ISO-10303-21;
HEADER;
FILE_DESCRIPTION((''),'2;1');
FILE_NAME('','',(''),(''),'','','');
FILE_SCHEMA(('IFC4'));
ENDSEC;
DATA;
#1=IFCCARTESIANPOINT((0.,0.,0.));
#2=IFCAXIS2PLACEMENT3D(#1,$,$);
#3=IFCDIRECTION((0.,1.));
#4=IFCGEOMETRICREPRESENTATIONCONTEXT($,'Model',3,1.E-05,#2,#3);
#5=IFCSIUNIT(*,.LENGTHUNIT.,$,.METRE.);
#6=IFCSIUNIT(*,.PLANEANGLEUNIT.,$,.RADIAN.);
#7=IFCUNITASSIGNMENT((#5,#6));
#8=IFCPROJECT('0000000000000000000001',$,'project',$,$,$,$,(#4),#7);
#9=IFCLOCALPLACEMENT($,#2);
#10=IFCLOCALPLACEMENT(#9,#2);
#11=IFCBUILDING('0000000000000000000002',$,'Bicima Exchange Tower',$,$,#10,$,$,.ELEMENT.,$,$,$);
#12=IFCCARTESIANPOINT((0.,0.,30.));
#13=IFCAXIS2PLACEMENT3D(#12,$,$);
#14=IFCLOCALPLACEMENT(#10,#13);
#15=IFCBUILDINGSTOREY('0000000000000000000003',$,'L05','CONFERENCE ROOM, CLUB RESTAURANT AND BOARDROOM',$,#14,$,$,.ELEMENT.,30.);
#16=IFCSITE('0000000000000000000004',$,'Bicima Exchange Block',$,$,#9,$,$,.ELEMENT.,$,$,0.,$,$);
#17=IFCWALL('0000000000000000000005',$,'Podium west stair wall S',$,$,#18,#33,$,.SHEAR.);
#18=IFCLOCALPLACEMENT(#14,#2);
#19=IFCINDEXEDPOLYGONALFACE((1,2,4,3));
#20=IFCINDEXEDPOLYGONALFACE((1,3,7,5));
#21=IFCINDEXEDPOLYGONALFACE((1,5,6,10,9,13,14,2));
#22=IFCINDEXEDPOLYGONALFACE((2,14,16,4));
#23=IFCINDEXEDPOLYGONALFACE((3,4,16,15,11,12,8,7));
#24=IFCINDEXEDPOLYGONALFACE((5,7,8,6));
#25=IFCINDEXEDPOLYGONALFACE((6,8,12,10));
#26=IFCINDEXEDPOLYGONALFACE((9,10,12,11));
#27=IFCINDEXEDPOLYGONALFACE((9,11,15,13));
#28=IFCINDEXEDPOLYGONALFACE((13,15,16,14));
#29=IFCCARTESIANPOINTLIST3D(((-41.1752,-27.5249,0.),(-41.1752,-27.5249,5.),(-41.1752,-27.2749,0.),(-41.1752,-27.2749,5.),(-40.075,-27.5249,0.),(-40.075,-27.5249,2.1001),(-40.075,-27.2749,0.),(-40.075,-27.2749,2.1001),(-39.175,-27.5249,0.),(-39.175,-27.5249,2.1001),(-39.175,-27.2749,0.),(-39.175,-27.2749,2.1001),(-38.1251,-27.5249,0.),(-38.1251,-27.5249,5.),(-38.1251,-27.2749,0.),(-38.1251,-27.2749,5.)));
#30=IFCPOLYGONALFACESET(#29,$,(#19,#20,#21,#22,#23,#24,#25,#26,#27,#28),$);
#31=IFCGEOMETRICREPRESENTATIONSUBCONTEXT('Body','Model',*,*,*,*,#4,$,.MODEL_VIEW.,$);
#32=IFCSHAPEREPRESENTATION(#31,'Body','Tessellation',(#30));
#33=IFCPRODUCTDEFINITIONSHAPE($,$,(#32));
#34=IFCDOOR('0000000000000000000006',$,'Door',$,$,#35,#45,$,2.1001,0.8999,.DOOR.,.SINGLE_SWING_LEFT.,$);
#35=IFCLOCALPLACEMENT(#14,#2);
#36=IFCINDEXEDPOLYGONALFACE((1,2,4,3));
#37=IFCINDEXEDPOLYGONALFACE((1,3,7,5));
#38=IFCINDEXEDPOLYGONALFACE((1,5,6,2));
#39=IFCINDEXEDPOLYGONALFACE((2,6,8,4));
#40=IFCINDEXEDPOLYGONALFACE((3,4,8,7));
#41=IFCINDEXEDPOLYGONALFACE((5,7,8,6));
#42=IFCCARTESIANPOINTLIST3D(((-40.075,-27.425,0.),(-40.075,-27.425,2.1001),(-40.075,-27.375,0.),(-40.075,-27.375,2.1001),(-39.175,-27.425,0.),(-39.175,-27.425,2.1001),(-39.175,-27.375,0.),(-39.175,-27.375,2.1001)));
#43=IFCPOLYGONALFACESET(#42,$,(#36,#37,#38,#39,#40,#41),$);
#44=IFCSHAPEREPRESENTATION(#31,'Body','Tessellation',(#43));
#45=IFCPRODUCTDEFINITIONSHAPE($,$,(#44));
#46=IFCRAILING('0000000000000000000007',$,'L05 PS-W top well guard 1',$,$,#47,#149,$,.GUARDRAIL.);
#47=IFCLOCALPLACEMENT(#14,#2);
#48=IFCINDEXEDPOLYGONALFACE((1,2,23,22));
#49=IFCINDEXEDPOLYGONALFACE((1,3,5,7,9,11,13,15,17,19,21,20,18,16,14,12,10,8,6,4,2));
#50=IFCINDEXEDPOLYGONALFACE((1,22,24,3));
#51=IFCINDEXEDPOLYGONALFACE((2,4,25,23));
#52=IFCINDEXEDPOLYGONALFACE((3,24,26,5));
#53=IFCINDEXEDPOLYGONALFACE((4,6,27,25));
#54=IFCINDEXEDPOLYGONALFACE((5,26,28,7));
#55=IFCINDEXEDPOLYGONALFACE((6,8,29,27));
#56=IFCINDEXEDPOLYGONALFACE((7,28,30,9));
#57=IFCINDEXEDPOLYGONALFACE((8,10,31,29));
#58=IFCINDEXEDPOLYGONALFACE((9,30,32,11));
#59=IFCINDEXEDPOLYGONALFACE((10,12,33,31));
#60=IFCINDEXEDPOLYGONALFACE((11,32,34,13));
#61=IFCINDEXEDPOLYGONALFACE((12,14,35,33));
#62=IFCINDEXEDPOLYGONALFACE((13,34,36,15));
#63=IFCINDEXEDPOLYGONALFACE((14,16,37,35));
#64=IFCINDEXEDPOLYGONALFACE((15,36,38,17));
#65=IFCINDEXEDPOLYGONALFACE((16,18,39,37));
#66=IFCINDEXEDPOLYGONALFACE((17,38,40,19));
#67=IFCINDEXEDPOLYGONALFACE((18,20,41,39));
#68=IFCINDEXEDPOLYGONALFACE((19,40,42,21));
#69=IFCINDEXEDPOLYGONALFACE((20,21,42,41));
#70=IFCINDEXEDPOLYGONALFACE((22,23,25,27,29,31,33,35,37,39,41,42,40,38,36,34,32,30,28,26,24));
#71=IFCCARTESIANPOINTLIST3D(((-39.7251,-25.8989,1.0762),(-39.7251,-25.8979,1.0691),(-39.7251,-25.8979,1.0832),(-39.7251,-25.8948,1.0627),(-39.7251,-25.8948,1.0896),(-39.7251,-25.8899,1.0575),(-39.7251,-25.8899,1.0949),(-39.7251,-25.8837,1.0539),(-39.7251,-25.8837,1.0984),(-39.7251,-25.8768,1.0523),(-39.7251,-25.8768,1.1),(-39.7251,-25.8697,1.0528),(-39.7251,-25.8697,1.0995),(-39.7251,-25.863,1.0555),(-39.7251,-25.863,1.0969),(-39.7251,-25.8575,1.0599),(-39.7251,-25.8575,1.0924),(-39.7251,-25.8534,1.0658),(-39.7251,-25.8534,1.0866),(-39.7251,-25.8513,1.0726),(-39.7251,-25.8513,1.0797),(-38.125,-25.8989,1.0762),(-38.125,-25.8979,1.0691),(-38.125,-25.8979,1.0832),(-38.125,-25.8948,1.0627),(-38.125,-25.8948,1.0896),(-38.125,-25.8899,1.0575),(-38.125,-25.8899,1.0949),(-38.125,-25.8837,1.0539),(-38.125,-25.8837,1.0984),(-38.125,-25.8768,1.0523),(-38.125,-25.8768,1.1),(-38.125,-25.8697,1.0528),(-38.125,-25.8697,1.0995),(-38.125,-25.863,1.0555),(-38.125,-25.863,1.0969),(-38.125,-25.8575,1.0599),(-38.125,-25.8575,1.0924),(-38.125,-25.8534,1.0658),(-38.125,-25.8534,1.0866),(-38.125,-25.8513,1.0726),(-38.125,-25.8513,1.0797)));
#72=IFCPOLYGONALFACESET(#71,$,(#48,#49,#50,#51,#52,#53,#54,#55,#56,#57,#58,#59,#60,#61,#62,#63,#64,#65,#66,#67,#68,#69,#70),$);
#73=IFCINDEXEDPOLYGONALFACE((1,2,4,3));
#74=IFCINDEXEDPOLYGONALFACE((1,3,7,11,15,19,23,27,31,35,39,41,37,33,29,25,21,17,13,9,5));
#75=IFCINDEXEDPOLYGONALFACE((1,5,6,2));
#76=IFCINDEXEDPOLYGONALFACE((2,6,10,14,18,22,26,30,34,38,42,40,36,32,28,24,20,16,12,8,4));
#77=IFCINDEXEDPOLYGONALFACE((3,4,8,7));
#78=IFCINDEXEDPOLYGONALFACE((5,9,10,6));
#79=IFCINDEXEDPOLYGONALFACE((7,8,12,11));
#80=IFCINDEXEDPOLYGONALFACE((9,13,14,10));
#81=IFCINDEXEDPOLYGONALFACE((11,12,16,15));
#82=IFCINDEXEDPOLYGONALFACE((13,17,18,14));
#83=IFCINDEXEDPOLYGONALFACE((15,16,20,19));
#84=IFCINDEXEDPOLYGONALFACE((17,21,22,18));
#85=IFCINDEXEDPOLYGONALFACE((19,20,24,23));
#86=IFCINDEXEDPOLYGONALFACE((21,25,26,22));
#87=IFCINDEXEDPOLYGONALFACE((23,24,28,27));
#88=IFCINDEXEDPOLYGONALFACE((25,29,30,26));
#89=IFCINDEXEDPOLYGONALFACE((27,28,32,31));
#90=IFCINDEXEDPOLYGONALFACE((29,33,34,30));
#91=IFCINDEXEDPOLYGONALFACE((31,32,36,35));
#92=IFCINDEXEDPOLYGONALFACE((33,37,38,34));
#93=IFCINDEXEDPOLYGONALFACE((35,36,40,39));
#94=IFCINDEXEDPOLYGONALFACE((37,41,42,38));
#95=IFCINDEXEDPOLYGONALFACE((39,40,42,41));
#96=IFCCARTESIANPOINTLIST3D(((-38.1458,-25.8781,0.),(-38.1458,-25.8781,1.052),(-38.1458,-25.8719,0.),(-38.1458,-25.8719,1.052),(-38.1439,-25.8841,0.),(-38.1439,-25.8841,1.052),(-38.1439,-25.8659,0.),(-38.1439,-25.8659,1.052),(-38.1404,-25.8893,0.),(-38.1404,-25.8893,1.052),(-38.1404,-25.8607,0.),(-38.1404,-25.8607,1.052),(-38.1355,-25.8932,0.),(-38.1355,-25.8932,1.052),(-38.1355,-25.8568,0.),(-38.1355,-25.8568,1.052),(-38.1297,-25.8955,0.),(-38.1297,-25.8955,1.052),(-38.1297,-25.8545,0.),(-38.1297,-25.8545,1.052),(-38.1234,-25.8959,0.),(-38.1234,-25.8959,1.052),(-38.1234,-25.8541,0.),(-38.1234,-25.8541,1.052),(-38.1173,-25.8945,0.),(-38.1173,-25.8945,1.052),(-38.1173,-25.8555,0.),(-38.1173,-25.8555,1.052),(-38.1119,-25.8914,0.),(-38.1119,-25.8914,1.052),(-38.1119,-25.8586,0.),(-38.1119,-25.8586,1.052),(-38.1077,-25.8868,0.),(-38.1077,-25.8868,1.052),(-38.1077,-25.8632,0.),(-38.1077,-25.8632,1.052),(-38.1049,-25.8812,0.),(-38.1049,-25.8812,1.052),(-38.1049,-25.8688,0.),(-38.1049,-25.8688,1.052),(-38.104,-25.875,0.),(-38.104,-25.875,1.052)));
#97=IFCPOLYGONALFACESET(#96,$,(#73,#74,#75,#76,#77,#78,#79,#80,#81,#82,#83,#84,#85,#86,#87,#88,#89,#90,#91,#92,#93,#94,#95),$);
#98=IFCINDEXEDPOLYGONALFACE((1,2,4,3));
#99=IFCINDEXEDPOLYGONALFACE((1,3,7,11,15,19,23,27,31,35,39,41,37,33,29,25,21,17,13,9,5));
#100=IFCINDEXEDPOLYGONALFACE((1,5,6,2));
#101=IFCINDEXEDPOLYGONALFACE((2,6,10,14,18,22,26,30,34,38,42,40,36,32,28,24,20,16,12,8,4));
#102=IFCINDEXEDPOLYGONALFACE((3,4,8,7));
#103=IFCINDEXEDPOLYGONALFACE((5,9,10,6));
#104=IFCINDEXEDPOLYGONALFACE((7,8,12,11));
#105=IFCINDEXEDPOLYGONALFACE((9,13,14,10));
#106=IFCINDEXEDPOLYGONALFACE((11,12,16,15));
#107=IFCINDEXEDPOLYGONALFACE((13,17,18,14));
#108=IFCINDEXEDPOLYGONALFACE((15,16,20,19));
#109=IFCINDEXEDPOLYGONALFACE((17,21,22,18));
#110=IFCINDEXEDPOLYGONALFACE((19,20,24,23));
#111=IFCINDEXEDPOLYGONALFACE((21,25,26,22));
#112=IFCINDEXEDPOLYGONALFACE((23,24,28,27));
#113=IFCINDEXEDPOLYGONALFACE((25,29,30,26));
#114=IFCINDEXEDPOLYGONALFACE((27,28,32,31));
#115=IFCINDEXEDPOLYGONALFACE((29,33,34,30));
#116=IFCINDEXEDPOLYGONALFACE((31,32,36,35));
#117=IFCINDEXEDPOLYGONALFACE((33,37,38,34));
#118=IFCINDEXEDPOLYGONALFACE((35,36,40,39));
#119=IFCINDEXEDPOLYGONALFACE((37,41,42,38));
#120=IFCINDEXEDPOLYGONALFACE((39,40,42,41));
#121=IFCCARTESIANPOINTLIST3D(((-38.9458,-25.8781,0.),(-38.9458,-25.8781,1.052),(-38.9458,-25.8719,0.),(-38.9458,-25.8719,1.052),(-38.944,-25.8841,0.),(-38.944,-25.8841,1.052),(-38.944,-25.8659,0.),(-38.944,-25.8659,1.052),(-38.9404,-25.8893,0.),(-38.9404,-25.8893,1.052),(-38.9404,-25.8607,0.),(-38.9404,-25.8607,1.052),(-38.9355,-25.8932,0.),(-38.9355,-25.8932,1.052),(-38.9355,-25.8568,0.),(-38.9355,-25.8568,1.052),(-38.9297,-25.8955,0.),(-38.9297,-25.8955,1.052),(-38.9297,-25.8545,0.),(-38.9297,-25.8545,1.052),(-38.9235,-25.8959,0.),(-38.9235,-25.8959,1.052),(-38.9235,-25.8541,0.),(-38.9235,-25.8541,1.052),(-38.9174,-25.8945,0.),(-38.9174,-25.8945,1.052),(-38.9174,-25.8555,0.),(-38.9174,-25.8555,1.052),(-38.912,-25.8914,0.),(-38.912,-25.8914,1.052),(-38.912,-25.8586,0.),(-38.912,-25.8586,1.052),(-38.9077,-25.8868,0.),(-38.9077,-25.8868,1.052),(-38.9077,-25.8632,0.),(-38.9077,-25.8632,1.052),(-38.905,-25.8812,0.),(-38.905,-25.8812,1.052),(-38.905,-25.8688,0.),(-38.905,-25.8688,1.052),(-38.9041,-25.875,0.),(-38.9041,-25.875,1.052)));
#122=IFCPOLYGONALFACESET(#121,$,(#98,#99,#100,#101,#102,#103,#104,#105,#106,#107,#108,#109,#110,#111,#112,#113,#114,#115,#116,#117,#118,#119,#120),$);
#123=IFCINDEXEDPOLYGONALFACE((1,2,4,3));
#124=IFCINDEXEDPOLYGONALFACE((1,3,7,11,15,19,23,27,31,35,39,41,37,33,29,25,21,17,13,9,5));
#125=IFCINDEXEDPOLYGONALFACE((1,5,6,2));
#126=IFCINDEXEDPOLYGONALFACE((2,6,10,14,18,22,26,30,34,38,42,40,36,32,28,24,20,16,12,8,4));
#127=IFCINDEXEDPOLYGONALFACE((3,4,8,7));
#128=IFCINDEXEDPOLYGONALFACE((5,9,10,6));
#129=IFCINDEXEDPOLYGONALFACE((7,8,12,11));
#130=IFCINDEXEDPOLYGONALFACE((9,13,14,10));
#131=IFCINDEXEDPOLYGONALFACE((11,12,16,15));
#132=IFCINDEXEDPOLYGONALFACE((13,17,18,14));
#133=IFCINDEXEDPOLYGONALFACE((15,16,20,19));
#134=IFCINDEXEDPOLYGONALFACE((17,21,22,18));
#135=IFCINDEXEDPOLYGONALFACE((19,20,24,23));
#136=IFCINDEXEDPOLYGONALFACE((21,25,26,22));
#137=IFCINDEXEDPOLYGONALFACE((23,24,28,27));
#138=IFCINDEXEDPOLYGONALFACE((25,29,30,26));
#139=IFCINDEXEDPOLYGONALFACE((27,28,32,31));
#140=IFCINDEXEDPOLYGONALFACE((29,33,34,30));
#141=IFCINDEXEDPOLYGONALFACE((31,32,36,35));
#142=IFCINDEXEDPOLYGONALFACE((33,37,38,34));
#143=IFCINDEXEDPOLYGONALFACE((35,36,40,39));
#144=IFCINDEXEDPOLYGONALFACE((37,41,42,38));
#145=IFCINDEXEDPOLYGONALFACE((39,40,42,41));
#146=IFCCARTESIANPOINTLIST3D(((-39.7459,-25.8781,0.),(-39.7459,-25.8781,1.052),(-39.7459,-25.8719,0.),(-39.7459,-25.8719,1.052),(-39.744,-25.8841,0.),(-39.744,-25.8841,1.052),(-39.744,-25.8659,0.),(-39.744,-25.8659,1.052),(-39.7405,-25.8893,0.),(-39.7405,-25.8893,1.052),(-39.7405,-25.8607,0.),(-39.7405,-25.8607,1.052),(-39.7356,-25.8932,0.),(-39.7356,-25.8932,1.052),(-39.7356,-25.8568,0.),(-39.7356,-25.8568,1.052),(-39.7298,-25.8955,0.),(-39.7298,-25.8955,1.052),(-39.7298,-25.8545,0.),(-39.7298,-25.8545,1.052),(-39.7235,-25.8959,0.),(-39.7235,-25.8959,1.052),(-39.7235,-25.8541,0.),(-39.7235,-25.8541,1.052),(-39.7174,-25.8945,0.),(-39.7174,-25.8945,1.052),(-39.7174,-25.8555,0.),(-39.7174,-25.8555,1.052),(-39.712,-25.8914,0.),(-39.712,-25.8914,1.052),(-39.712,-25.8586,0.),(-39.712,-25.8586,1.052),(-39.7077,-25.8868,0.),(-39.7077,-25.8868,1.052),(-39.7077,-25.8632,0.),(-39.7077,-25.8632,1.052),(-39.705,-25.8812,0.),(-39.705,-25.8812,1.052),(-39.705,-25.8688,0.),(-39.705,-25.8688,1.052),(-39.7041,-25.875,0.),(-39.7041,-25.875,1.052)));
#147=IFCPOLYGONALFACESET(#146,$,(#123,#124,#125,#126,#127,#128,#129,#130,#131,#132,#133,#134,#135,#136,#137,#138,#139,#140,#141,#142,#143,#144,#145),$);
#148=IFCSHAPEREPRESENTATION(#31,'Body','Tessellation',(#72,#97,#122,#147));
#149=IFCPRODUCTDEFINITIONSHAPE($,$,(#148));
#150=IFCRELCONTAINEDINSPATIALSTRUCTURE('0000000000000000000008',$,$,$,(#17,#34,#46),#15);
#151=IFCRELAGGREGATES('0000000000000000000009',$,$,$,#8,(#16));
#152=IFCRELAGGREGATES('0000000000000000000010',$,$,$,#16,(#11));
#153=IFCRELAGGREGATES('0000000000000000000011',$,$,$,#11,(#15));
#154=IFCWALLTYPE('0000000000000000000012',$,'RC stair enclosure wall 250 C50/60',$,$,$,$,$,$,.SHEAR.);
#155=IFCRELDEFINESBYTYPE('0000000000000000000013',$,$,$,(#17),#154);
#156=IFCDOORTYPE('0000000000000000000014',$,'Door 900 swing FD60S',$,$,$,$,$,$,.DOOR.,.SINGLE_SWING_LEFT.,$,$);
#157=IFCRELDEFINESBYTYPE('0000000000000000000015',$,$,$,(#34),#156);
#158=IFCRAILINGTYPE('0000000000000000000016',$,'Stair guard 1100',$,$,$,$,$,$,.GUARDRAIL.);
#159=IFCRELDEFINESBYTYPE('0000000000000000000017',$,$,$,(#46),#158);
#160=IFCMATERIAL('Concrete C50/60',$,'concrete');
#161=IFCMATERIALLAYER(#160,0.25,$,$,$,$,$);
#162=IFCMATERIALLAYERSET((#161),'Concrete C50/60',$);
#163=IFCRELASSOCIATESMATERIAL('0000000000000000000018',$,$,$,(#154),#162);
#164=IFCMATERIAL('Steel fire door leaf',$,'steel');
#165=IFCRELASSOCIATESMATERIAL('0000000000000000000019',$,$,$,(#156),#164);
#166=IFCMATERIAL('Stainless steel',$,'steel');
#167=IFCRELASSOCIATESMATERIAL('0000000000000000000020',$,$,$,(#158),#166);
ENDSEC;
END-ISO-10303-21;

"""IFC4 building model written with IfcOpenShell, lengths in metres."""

from ifc_helpers import new_model, si_unit, direction, frame, frame_2d, origin, origin_2d, place, context, subcontext, project, spatial, rectangle, circle, extrude, material, layer, layer_set, type_object, element, fill, save


model = new_model("IFC4")

# Units and contexts
model_context = context("Model", 3, precision=1e-05, world=origin(), true_north=direction((0.0, 1.0)))
body_context = subcontext(model_context, "Body", "Model", "MODEL_VIEW")
ifc_project = project(units=[si_unit("LENGTHUNIT", "METRE"), si_unit("PLANEANGLEUNIT", "RADIAN")], contexts=[model_context])

# Site, building, storey
site_placement = place(None, origin())
site = spatial("IfcSite", under=ifc_project, at=site_placement, Name="Bicima Exchange Block", CompositionType="ELEMENT", RefElevation=0.0)
building_placement = place(site_placement, origin())
building = spatial("IfcBuilding", under=site, at=building_placement, Name="Bicima Exchange Tower", CompositionType="ELEMENT")
storey_placement = place(building_placement, frame((0.0, 0.0, 30.0)))
storey = spatial("IfcBuildingStorey", under=building, at=storey_placement, Name="L05", Description="CONFERENCE ROOM, CLUB RESTAURANT AND BOARDROOM", CompositionType="ELEMENT", Elevation=30.0)

# Shared definitions
ifc_material_1 = material(Name="Concrete C50/60", Category="concrete")
ifc_layer_1 = layer(ifc_material_1, 0.25)
ifc_layer_set_1 = layer_set([ifc_layer_1], Name="Concrete C50/60")
wall_type_1 = type_object("IfcWallType", Name="RC stair enclosure wall 250 C50/60", PredefinedType="SHEAR", material=ifc_layer_set_1)

# Wall, opening, door
wall_placement = place(storey_placement, frame((-41.175, -27.3999, 0.0), z_axis=(0.0, 0.0, 1.0), x_axis=(1.0, 0.0, 0.0)))
wall = element("IfcWall", 1, at=wall_placement, inside=storey, type_object=wall_type_1, Name="Podium west stair wall S", PredefinedType="SHEAR", context=body_context, shape_type="SweptSolid", body=[
    extrude(rectangle(XDim=3.05, YDim=0.25, at=frame_2d((1.5249, 0.0))), origin(), (0.0, 0.0, 1.0), 5.0),
])
opening_placement = place(wall_placement, frame((1.1001, 0.0, 0.0)))
opening = element("IfcOpeningElement", 2, at=opening_placement, cuts=wall, PredefinedType="OPENING", context=body_context, shape_type="SweptSolid", body=[
    extrude(rectangle(XDim=0.8999, YDim=2.1001, at=frame_2d((0.45, 1.05))), frame((0.0, 0.137, 0.0), z_axis=(0.0, -1.0, 0.0), x_axis=(1.0, 0.0, 0.0)), (0.0, 0.0, 1.0), 0.2739),
])
ifc_material_2 = material(Name="Steel fire door leaf", Category="steel")
door_type = type_object("IfcDoorType", Name="Door 900 swing FD60S", OperationType="SINGLE_SWING_LEFT", PredefinedType="DOOR", material=ifc_material_2)
door_placement = place(opening_placement, origin())
door = element("IfcDoor", 3, at=door_placement, inside=storey, type_object=door_type, Name="Door", OperationType="SINGLE_SWING_LEFT", OverallHeight=2.1001, OverallWidth=0.8999, PredefinedType="DOOR", context=body_context, shape_type="SweptSolid", body=[
    extrude(rectangle(XDim=0.8999, YDim=2.1001, at=frame_2d((0.45, 1.05))), frame((0.0, 0.0249, 0.0), z_axis=(0.0, -1.0, 0.0), x_axis=(1.0, 0.0, 0.0)), (0.0, 0.0, 1.0), 0.05),
])
fill(opening, door)

# Railing
ifc_material_3 = material(Name="Stainless steel", Category="steel")
railing_type = type_object("IfcRailingType", Name="Stair guard 1100", PredefinedType="GUARDRAIL", material=ifc_material_3)
railing_placement = place(storey_placement, frame((-38.125, -25.875, 0.0)))
element("IfcRailing", 4, at=railing_placement, inside=storey, type_object=railing_type, Name="L05 PS-W top well guard 1", PredefinedType="GUARDRAIL", context=body_context, shape_type="SweptSolid", body=[
    extrude(circle(Radius=0.0239, at=origin_2d()), frame((0.0, 0.0, 1.0762), z_axis=(-1.0, 0.0, 0.0), x_axis=(0.0, -1.0, 0.0)), (0.0, 0.0, 1.0), 1.6001),
    extrude(circle(Radius=0.021, at=origin_2d()), origin(), (0.0, 0.0, 1.0), 1.052),
    extrude(circle(Radius=0.021, at=origin_2d()), frame((-0.8, 0.0, 0.0)), (0.0, 0.0, 1.0), 1.052),
    extrude(circle(Radius=0.021, at=origin_2d()), frame((-1.6001, 0.0, 0.0)), (0.0, 0.0, 1.0), 1.052),
])

save(model, "model.ifc")
